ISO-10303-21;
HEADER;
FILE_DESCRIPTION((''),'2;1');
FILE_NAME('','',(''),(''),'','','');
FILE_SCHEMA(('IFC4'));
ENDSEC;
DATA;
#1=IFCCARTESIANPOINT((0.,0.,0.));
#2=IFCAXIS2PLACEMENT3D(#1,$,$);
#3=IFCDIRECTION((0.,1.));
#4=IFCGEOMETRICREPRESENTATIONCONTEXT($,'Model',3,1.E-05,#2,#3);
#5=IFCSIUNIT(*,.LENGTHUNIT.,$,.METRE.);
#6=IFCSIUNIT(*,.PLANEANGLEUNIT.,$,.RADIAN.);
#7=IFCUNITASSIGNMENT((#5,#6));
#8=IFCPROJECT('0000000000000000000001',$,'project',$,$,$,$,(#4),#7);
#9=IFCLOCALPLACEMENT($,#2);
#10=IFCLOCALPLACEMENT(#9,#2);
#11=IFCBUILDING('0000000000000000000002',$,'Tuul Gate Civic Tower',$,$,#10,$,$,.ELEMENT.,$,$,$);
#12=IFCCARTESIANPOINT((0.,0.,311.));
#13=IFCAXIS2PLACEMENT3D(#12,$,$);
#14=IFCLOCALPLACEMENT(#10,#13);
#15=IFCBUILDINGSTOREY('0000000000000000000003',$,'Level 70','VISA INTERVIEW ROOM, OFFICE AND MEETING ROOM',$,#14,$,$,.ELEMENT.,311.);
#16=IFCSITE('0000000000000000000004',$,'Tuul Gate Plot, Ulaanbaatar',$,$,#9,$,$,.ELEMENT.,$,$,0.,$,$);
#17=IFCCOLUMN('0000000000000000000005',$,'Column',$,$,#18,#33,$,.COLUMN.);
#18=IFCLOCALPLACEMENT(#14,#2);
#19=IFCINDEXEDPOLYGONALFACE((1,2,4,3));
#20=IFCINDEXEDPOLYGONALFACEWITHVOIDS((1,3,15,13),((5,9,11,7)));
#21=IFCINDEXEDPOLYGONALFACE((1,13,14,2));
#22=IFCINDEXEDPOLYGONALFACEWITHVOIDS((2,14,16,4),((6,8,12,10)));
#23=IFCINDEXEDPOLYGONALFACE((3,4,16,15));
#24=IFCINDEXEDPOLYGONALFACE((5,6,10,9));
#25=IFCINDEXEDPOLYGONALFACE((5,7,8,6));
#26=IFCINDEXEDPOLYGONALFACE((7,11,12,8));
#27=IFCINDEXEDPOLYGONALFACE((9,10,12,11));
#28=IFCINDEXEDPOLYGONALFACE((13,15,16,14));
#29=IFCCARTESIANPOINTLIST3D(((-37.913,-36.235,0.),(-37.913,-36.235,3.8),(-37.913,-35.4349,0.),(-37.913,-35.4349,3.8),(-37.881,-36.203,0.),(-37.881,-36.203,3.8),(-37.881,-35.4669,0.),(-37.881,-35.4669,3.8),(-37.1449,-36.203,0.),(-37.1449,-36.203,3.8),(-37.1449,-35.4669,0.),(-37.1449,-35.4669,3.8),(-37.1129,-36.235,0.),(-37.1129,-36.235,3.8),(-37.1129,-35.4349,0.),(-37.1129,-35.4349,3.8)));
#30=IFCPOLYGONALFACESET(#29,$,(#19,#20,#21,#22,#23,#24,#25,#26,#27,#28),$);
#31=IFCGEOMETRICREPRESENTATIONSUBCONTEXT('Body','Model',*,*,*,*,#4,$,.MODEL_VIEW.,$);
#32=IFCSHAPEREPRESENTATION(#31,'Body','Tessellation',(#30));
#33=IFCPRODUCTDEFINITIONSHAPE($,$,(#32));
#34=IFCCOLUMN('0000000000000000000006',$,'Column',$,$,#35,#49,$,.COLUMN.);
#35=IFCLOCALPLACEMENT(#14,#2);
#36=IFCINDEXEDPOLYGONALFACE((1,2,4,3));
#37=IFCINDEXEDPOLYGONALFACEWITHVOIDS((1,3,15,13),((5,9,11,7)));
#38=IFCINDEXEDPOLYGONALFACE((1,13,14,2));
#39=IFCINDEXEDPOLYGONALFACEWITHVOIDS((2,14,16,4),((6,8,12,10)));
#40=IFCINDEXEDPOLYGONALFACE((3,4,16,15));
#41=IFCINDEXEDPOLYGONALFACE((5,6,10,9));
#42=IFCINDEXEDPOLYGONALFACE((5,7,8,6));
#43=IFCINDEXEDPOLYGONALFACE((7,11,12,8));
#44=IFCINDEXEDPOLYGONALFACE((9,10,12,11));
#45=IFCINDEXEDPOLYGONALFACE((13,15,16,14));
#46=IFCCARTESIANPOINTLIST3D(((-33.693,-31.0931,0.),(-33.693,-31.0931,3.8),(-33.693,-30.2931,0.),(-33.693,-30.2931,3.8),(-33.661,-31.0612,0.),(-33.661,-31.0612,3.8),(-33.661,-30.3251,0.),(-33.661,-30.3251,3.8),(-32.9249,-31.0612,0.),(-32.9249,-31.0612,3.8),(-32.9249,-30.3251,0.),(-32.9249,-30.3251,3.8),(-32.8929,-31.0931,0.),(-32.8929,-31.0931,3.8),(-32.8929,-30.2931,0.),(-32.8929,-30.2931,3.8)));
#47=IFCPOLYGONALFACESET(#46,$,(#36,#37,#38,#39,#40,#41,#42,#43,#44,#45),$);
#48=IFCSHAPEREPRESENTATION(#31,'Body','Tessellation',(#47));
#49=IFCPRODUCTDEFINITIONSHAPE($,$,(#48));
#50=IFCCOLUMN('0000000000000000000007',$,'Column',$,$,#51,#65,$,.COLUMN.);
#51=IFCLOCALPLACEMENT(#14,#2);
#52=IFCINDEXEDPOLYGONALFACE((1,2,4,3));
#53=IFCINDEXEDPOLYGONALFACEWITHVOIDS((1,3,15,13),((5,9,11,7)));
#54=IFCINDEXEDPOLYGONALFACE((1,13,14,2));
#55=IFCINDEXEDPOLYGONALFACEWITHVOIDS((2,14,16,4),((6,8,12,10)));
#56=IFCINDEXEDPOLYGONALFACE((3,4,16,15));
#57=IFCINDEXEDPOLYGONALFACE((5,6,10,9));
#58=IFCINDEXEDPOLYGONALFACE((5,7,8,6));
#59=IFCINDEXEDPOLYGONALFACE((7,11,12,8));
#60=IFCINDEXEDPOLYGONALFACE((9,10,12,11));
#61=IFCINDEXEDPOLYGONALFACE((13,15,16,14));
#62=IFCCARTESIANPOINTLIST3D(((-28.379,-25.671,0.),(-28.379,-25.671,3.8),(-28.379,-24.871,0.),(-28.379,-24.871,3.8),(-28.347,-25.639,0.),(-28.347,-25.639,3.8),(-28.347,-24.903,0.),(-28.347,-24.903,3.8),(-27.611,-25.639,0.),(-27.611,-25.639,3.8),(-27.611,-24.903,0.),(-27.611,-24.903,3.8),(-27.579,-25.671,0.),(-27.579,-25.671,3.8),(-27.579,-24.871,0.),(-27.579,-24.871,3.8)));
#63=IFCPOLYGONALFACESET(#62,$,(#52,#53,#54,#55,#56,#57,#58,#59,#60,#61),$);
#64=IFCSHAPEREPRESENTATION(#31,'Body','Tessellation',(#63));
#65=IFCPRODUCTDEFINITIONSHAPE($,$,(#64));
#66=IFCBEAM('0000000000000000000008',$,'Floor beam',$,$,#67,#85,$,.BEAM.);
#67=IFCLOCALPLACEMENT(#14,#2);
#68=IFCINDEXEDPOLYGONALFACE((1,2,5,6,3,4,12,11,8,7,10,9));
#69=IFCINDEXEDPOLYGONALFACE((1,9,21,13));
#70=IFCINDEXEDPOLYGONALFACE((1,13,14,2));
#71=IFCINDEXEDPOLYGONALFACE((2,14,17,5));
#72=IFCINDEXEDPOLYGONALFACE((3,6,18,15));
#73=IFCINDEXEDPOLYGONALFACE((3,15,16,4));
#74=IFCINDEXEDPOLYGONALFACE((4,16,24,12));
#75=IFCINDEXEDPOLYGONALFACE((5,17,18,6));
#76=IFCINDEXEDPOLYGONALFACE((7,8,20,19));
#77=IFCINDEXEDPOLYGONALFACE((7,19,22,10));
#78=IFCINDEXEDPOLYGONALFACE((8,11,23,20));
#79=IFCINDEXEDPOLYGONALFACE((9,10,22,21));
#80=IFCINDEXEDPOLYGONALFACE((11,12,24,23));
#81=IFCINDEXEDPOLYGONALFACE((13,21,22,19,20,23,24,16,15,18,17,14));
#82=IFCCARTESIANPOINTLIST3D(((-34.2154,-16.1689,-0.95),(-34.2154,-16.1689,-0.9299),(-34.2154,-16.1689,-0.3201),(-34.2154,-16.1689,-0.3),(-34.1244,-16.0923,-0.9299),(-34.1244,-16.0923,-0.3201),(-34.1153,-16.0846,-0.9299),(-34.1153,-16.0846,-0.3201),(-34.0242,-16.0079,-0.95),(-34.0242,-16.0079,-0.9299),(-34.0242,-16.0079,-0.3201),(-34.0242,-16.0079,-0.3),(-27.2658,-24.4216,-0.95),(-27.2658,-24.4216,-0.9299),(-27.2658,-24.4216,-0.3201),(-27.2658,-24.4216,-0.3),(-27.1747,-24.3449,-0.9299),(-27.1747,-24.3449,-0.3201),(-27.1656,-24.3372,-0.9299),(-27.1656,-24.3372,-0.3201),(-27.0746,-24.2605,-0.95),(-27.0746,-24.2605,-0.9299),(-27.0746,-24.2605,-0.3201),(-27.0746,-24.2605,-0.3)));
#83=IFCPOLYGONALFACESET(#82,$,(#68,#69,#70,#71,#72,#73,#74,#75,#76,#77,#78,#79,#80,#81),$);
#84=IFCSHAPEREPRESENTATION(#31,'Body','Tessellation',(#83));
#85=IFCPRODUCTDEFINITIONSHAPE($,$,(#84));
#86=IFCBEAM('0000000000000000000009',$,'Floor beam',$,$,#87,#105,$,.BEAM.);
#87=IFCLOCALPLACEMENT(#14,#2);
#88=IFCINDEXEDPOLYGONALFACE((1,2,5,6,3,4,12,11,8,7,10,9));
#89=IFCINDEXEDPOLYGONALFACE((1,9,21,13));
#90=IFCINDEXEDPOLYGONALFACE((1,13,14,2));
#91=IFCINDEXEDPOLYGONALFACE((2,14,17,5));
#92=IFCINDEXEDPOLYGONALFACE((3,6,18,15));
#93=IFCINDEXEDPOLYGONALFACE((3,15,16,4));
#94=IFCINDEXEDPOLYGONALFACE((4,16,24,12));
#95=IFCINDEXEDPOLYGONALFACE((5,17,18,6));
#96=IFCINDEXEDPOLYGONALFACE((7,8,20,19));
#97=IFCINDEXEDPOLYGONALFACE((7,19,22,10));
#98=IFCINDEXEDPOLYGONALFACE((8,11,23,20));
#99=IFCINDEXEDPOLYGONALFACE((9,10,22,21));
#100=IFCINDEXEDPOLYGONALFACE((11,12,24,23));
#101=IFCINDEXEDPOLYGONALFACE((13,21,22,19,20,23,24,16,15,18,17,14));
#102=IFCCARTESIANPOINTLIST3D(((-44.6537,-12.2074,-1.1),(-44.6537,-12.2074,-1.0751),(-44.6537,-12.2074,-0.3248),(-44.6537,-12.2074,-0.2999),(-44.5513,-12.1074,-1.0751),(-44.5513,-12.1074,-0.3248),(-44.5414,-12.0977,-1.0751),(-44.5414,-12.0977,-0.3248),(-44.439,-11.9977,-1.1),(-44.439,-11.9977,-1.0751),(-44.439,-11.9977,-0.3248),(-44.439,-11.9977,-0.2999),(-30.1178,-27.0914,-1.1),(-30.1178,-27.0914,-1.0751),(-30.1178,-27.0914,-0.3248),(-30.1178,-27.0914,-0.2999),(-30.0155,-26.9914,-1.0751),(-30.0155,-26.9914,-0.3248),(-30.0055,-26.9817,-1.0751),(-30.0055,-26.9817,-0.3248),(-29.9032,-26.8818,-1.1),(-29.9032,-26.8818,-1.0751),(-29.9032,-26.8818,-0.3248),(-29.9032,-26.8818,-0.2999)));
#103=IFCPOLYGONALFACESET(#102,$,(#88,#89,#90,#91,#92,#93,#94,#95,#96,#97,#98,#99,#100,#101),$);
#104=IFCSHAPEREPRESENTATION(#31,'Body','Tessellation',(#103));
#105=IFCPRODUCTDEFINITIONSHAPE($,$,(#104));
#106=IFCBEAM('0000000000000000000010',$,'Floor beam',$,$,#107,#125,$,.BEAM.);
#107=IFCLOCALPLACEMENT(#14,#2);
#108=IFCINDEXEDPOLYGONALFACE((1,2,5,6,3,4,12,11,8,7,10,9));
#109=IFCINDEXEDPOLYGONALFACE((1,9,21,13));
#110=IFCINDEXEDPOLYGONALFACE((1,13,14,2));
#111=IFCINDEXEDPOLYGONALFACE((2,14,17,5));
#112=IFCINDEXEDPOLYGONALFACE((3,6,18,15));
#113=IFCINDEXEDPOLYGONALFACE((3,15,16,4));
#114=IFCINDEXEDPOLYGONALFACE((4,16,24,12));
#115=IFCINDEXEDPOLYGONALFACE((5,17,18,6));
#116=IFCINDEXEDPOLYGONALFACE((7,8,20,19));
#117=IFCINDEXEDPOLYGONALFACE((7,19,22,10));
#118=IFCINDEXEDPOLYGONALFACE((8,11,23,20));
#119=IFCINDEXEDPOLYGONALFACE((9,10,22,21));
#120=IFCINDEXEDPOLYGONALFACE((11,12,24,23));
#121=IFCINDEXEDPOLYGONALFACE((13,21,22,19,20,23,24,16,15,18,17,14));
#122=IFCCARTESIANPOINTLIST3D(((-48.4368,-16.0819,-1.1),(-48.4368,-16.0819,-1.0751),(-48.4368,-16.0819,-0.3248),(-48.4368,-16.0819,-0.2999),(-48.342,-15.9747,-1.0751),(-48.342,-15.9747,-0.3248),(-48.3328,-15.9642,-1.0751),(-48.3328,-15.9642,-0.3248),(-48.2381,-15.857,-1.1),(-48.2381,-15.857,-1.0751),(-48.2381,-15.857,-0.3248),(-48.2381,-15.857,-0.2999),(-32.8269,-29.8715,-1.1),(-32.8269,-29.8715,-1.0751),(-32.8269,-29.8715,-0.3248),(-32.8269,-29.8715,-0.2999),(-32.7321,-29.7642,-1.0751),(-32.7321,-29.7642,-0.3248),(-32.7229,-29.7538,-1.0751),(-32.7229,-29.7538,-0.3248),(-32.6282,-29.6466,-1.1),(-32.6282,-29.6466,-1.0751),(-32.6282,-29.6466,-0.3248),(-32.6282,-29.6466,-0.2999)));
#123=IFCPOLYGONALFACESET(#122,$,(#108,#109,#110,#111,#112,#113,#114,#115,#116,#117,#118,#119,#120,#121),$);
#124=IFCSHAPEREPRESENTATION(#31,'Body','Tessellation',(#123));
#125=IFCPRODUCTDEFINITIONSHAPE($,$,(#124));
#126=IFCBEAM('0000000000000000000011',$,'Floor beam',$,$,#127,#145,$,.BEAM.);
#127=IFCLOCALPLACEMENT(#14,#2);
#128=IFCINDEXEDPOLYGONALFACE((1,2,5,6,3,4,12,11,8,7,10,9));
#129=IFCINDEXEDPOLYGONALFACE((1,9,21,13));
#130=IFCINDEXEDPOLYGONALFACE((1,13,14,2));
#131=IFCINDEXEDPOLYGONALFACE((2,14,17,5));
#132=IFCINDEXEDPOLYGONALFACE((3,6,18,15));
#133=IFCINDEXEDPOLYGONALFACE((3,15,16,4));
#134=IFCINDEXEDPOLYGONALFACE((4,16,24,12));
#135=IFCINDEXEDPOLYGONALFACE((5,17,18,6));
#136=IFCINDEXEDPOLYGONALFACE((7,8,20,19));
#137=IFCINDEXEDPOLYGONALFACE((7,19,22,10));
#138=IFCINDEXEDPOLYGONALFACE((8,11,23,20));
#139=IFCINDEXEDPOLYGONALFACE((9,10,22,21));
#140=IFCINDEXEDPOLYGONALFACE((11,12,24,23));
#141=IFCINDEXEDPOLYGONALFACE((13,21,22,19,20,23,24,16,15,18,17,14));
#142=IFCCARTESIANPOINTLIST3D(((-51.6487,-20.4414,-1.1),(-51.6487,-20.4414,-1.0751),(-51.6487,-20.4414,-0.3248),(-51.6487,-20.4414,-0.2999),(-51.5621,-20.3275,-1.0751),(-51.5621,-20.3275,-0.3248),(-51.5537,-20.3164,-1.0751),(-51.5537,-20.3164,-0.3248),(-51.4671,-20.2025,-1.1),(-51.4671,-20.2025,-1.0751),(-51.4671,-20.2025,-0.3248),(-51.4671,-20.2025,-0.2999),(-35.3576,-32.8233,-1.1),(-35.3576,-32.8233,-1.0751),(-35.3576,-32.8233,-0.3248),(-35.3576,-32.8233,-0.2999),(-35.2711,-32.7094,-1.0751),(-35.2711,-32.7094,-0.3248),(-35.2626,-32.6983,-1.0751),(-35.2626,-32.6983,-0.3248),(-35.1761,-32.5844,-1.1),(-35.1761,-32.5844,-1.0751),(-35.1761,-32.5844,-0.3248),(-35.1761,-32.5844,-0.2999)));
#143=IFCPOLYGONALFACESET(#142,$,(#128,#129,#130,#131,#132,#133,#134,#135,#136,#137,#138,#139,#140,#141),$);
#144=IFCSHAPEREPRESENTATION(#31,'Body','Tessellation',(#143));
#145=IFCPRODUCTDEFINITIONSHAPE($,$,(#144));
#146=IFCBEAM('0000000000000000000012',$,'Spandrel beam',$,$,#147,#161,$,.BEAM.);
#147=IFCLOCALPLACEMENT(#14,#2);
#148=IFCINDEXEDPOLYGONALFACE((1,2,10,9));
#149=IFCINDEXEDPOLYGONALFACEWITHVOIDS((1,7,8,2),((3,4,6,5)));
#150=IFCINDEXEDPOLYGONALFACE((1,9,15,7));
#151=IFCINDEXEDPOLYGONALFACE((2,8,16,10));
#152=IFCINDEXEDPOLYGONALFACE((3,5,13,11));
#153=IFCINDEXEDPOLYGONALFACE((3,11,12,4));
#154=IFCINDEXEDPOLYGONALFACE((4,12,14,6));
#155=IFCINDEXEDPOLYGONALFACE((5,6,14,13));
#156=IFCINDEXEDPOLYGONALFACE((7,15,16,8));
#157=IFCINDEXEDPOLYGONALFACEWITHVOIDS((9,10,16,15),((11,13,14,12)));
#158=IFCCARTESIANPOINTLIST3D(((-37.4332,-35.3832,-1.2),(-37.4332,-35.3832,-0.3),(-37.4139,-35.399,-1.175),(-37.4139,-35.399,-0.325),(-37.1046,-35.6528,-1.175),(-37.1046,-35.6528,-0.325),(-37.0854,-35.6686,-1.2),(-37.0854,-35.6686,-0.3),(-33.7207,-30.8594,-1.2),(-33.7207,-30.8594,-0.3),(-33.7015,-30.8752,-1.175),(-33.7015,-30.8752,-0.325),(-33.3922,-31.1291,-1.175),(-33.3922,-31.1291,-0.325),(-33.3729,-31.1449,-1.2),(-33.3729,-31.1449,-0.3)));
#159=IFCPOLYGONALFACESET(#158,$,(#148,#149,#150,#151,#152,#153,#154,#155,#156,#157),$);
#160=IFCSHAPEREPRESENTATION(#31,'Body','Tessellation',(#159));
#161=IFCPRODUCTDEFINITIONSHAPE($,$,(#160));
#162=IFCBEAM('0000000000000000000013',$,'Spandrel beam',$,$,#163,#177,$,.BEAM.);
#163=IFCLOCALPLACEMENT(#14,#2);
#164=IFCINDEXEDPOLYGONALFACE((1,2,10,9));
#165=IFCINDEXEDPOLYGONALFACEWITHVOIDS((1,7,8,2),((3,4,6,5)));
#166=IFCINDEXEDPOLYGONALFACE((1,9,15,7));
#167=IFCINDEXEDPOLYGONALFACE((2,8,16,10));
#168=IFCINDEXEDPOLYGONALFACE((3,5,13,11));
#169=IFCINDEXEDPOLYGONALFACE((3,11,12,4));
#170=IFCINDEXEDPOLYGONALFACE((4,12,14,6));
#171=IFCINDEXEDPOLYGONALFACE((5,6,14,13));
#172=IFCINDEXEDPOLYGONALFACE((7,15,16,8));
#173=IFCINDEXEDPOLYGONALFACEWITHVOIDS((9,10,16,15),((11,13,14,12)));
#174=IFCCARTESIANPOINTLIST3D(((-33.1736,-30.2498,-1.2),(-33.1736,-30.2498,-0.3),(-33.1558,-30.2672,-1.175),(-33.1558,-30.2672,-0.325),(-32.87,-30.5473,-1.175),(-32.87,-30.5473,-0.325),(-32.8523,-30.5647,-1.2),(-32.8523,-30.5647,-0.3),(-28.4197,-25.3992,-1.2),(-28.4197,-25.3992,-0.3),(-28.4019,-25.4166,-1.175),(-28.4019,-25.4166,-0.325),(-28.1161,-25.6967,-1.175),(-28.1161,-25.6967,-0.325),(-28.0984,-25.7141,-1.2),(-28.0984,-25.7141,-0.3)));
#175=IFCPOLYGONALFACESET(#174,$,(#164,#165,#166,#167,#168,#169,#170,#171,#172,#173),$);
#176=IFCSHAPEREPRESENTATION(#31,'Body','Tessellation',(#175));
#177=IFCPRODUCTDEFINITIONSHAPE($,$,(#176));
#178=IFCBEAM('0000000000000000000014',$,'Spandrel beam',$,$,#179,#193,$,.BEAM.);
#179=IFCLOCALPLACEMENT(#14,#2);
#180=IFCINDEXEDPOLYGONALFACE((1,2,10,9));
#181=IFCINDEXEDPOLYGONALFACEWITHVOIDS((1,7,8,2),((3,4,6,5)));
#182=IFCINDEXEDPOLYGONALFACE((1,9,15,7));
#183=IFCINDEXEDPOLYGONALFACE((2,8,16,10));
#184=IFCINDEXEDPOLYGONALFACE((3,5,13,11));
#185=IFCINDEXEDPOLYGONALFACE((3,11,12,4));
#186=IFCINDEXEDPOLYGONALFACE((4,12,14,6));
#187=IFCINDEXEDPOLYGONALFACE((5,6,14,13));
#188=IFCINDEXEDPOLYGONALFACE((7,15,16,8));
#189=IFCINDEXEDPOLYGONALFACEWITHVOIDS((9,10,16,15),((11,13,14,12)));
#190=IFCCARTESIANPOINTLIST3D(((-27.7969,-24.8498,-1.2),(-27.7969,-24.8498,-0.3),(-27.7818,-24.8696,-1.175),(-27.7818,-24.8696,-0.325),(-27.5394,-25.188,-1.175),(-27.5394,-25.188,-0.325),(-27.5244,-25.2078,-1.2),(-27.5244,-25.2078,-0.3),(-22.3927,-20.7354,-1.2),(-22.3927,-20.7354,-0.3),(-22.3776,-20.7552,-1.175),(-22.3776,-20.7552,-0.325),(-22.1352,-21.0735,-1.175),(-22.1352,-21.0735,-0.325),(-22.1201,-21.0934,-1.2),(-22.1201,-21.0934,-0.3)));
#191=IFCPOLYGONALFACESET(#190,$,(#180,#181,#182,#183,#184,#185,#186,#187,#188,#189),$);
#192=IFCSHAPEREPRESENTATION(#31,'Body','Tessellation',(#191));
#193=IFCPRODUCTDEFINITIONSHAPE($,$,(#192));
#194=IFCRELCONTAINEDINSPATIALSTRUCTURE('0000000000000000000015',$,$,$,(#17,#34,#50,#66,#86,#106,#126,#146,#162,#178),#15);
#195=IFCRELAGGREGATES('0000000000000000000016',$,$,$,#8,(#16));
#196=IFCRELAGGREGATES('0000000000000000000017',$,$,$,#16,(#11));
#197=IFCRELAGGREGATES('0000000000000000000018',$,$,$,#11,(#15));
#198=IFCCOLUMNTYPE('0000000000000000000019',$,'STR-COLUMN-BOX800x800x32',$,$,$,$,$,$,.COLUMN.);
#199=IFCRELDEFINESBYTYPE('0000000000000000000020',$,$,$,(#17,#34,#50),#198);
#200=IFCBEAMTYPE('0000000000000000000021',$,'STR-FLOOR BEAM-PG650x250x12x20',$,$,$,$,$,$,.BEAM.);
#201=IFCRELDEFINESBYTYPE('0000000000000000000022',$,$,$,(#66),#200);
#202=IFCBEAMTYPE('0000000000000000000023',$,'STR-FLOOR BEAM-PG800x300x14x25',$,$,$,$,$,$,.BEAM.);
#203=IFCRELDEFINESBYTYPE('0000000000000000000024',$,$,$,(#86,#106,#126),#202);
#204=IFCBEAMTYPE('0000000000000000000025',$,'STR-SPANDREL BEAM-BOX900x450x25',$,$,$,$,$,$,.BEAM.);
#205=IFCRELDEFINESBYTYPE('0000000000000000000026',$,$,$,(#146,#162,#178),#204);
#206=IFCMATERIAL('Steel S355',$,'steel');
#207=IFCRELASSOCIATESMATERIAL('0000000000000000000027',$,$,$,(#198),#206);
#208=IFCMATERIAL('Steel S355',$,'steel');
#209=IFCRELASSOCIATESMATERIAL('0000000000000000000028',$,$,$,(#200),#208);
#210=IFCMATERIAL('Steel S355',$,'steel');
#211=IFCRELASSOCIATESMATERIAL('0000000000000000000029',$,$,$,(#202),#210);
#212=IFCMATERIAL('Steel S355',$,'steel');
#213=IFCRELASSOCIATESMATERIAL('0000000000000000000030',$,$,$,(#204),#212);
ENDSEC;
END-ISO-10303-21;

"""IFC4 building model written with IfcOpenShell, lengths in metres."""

from ifc_helpers import new_model, si_unit, direction, frame, origin, origin_2d, place, context, subcontext, project, spatial, hollow_rectangle, i_section, extrude, material, material_profile, profile_set, type_object, element, save


model = new_model("IFC4")

# Units and contexts
model_context = context("Model", 3, precision=1e-05, world=origin(), true_north=direction((0.0, 1.0)))
body_context = subcontext(model_context, "Body", "Model", "MODEL_VIEW")
ifc_project = project(units=[si_unit("LENGTHUNIT", "METRE"), si_unit("PLANEANGLEUNIT", "RADIAN")], contexts=[model_context])

# Site, building, storey
site_placement = place(None, origin())
site = spatial("IfcSite", under=ifc_project, at=site_placement, Name="Tuul Gate Plot, Ulaanbaatar", CompositionType="ELEMENT", RefElevation=0.0)
building_placement = place(site_placement, origin())
building = spatial("IfcBuilding", under=site, at=building_placement, Name="Tuul Gate Civic Tower", CompositionType="ELEMENT")
storey_placement = place(building_placement, frame((0.0, 0.0, 311.0)))
storey = spatial("IfcBuildingStorey", under=building, at=storey_placement, Name="Level 70", Description="VISA INTERVIEW ROOM, OFFICE AND MEETING ROOM", CompositionType="ELEMENT", Elevation=311.0)

# Columns
ifc_material_1 = material(Name="Steel S355", Category="steel")
ifc_material_profile_1 = material_profile(ifc_material_1, hollow_rectangle(XDim=0.8, YDim=0.8, WallThickness=0.032, at=origin_2d()), Name="BOX800x800x32")
ifc_profile_set_1 = profile_set([ifc_material_profile_1], Name="Steel S355")
column_type = type_object("IfcColumnType", Name="STR-COLUMN-BOX800x800x32", PredefinedType="COLUMN", material=ifc_profile_set_1)
for number, where, z_axis, x_axis, name in (
    (1, (-37.5129, -35.835, 0.0), (0.0, 0.0, 1.0), (1.0, 0.0, 0.0), "Column"),
    (2, (-33.293, -30.6931, 0.0), (0.0, 0.0, 1.0), (1.0, 0.0, 0.0), "Column"),
    (3, (-27.979, -25.271, 0.0), (0.0, 0.0, 1.0), (1.0, 0.0, 0.0), "Column"),
):
    element("IfcColumn", number, at=place(storey_placement, frame(where, z_axis=z_axis, x_axis=x_axis)), inside=storey, type_object=column_type, Name=name, PredefinedType="COLUMN", context=body_context, shape_type="SweptSolid", body=[
        extrude(hollow_rectangle(XDim=0.8, YDim=0.8, WallThickness=0.032, at=origin_2d()), origin(), (0.0, 0.0, 1.0), 3.8),
    ])

# Beams
ifc_material_2 = material(Name="Steel S355", Category="steel")
ifc_material_profile_2 = material_profile(ifc_material_2, i_section(OverallWidth=0.25, OverallDepth=0.6499, WebThickness=0.012, FlangeThickness=0.02, at=origin_2d()), Name="PG650x250x12x20")
ifc_profile_set_2 = profile_set([ifc_material_profile_2], Name="Steel S355")
beam_type_1 = type_object("IfcBeamType", Name="STR-FLOOR BEAM-PG650x250x12x20", PredefinedType="BEAM", material=ifc_profile_set_2)
beam_1_placement = place(storey_placement, frame((-27.1702, -24.3411, -0.625), z_axis=(-0.64414, 0.764908, 0.0), x_axis=(-0.764908, -0.64414, 0.0)))
element("IfcBeam", 4, at=beam_1_placement, inside=storey, type_object=beam_type_1, Name="Floor beam", PredefinedType="BEAM", context=body_context, shape_type="SweptSolid", body=[
    extrude(i_section(OverallWidth=0.25, OverallDepth=0.6499, WebThickness=0.012, FlangeThickness=0.02, at=origin_2d()), origin(), (0.0, 0.0, 1.0), 10.7891),
])
ifc_material_3 = material(Name="Steel S355", Category="steel")
ifc_material_profile_3 = material_profile(ifc_material_3, i_section(OverallWidth=0.3, OverallDepth=0.8, WebThickness=0.0139, FlangeThickness=0.0249, at=origin_2d()), Name="PG800x300x14x25")
ifc_profile_set_3 = profile_set([ifc_material_profile_3], Name="Steel S355")
beam_type_2 = type_object("IfcBeamType", Name="STR-FLOOR BEAM-PG800x300x14x25", PredefinedType="BEAM", material=ifc_profile_set_3)
beam_2_placement = place(storey_placement, frame((-30.0105, -26.9866, -0.7), z_axis=(-0.69869, 0.715424, 0.0), x_axis=(-0.715424, -0.69869, 0.0)))
element("IfcBeam", 5, at=beam_2_placement, inside=storey, type_object=beam_type_2, Name="Floor beam", PredefinedType="BEAM", context=body_context, shape_type="SweptSolid", body=[
    extrude(i_section(OverallWidth=0.3, OverallDepth=0.8, WebThickness=0.0139, FlangeThickness=0.0249, at=origin_2d()), origin(), (0.0, 0.0, 1.0), 20.8044),
])
beam_3_placement = place(storey_placement, frame((-32.7275, -29.759, -0.7), z_axis=(-0.749453, 0.662057, 0.0), x_axis=(-0.662057, -0.749453, 0.0)))
element("IfcBeam", 6, at=beam_3_placement, inside=storey, type_object=beam_type_2, Name="Floor beam", PredefinedType="BEAM", context=body_context, shape_type="SweptSolid", body=[
    extrude(i_section(OverallWidth=0.3, OverallDepth=0.8, WebThickness=0.0139, FlangeThickness=0.0249, at=origin_2d()), origin(), (0.0, 0.0, 1.0), 20.8284),
])
beam_4_placement = place(storey_placement, frame((-35.2668, -32.7039, -0.7), z_axis=(-0.796147, 0.605104, 0.0), x_axis=(-0.605104, -0.796147, 0.0)))
element("IfcBeam", 7, at=beam_4_placement, inside=storey, type_object=beam_type_2, Name="Floor beam", PredefinedType="BEAM", context=body_context, shape_type="SweptSolid", body=[
    extrude(i_section(OverallWidth=0.3, OverallDepth=0.8, WebThickness=0.0139, FlangeThickness=0.0249, at=origin_2d()), origin(), (0.0, 0.0, 1.0), 20.4624),
])
ifc_material_4 = material(Name="Steel S355", Category="steel")
ifc_material_profile_4 = material_profile(ifc_material_4, hollow_rectangle(XDim=0.45, YDim=0.8999, WallThickness=0.0249, at=origin_2d()), Name="BOX900x450x25")
ifc_profile_set_4 = profile_set([ifc_material_profile_4], Name="Steel S355")
beam_type_3 = type_object("IfcBeamType", Name="STR-SPANDREL BEAM-BOX900x450x25", PredefinedType="BEAM", material=ifc_profile_set_4)
beam_5_placement = place(storey_placement, frame((-37.2593, -35.5259, -0.75), z_axis=(0.634384, 0.773018, 0.0), x_axis=(-0.773018, 0.634384, 0.0)))
element("IfcBeam", 8, at=beam_5_placement, inside=storey, type_object=beam_type_3, Name="Spandrel beam", PredefinedType="BEAM", context=body_context, shape_type="SweptSolid", body=[
    extrude(hollow_rectangle(XDim=0.45, YDim=0.8999, WallThickness=0.0249, at=origin_2d()), origin(), (0.0, 0.0, 1.0), 5.8521),
])
beam_6_placement = place(storey_placement, frame((-33.0129, -30.4072, -0.75), z_axis=(0.699954, 0.714188, 0.0), x_axis=(-0.714188, 0.699954, 0.0)))
element("IfcBeam", 9, at=beam_6_placement, inside=storey, type_object=beam_type_3, Name="Spandrel beam", PredefinedType="BEAM", context=body_context, shape_type="SweptSolid", body=[
    extrude(hollow_rectangle(XDim=0.45, YDim=0.8999, WallThickness=0.0249, at=origin_2d()), origin(), (0.0, 0.0, 1.0), 6.7917),
])
beam_7_placement = place(storey_placement, frame((-27.6606, -25.0288, -0.75), z_axis=(0.795649, 0.605758, 0.0), x_axis=(-0.605758, 0.795649, 0.0)))
element("IfcBeam", 10, at=beam_7_placement, inside=storey, type_object=beam_type_3, Name="Spandrel beam", PredefinedType="BEAM", context=body_context, shape_type="SweptSolid", body=[
    extrude(hollow_rectangle(XDim=0.45, YDim=0.8999, WallThickness=0.0249, at=origin_2d()), origin(), (0.0, 0.0, 1.0), 6.7922),
])

save(model, "model.ifc")
